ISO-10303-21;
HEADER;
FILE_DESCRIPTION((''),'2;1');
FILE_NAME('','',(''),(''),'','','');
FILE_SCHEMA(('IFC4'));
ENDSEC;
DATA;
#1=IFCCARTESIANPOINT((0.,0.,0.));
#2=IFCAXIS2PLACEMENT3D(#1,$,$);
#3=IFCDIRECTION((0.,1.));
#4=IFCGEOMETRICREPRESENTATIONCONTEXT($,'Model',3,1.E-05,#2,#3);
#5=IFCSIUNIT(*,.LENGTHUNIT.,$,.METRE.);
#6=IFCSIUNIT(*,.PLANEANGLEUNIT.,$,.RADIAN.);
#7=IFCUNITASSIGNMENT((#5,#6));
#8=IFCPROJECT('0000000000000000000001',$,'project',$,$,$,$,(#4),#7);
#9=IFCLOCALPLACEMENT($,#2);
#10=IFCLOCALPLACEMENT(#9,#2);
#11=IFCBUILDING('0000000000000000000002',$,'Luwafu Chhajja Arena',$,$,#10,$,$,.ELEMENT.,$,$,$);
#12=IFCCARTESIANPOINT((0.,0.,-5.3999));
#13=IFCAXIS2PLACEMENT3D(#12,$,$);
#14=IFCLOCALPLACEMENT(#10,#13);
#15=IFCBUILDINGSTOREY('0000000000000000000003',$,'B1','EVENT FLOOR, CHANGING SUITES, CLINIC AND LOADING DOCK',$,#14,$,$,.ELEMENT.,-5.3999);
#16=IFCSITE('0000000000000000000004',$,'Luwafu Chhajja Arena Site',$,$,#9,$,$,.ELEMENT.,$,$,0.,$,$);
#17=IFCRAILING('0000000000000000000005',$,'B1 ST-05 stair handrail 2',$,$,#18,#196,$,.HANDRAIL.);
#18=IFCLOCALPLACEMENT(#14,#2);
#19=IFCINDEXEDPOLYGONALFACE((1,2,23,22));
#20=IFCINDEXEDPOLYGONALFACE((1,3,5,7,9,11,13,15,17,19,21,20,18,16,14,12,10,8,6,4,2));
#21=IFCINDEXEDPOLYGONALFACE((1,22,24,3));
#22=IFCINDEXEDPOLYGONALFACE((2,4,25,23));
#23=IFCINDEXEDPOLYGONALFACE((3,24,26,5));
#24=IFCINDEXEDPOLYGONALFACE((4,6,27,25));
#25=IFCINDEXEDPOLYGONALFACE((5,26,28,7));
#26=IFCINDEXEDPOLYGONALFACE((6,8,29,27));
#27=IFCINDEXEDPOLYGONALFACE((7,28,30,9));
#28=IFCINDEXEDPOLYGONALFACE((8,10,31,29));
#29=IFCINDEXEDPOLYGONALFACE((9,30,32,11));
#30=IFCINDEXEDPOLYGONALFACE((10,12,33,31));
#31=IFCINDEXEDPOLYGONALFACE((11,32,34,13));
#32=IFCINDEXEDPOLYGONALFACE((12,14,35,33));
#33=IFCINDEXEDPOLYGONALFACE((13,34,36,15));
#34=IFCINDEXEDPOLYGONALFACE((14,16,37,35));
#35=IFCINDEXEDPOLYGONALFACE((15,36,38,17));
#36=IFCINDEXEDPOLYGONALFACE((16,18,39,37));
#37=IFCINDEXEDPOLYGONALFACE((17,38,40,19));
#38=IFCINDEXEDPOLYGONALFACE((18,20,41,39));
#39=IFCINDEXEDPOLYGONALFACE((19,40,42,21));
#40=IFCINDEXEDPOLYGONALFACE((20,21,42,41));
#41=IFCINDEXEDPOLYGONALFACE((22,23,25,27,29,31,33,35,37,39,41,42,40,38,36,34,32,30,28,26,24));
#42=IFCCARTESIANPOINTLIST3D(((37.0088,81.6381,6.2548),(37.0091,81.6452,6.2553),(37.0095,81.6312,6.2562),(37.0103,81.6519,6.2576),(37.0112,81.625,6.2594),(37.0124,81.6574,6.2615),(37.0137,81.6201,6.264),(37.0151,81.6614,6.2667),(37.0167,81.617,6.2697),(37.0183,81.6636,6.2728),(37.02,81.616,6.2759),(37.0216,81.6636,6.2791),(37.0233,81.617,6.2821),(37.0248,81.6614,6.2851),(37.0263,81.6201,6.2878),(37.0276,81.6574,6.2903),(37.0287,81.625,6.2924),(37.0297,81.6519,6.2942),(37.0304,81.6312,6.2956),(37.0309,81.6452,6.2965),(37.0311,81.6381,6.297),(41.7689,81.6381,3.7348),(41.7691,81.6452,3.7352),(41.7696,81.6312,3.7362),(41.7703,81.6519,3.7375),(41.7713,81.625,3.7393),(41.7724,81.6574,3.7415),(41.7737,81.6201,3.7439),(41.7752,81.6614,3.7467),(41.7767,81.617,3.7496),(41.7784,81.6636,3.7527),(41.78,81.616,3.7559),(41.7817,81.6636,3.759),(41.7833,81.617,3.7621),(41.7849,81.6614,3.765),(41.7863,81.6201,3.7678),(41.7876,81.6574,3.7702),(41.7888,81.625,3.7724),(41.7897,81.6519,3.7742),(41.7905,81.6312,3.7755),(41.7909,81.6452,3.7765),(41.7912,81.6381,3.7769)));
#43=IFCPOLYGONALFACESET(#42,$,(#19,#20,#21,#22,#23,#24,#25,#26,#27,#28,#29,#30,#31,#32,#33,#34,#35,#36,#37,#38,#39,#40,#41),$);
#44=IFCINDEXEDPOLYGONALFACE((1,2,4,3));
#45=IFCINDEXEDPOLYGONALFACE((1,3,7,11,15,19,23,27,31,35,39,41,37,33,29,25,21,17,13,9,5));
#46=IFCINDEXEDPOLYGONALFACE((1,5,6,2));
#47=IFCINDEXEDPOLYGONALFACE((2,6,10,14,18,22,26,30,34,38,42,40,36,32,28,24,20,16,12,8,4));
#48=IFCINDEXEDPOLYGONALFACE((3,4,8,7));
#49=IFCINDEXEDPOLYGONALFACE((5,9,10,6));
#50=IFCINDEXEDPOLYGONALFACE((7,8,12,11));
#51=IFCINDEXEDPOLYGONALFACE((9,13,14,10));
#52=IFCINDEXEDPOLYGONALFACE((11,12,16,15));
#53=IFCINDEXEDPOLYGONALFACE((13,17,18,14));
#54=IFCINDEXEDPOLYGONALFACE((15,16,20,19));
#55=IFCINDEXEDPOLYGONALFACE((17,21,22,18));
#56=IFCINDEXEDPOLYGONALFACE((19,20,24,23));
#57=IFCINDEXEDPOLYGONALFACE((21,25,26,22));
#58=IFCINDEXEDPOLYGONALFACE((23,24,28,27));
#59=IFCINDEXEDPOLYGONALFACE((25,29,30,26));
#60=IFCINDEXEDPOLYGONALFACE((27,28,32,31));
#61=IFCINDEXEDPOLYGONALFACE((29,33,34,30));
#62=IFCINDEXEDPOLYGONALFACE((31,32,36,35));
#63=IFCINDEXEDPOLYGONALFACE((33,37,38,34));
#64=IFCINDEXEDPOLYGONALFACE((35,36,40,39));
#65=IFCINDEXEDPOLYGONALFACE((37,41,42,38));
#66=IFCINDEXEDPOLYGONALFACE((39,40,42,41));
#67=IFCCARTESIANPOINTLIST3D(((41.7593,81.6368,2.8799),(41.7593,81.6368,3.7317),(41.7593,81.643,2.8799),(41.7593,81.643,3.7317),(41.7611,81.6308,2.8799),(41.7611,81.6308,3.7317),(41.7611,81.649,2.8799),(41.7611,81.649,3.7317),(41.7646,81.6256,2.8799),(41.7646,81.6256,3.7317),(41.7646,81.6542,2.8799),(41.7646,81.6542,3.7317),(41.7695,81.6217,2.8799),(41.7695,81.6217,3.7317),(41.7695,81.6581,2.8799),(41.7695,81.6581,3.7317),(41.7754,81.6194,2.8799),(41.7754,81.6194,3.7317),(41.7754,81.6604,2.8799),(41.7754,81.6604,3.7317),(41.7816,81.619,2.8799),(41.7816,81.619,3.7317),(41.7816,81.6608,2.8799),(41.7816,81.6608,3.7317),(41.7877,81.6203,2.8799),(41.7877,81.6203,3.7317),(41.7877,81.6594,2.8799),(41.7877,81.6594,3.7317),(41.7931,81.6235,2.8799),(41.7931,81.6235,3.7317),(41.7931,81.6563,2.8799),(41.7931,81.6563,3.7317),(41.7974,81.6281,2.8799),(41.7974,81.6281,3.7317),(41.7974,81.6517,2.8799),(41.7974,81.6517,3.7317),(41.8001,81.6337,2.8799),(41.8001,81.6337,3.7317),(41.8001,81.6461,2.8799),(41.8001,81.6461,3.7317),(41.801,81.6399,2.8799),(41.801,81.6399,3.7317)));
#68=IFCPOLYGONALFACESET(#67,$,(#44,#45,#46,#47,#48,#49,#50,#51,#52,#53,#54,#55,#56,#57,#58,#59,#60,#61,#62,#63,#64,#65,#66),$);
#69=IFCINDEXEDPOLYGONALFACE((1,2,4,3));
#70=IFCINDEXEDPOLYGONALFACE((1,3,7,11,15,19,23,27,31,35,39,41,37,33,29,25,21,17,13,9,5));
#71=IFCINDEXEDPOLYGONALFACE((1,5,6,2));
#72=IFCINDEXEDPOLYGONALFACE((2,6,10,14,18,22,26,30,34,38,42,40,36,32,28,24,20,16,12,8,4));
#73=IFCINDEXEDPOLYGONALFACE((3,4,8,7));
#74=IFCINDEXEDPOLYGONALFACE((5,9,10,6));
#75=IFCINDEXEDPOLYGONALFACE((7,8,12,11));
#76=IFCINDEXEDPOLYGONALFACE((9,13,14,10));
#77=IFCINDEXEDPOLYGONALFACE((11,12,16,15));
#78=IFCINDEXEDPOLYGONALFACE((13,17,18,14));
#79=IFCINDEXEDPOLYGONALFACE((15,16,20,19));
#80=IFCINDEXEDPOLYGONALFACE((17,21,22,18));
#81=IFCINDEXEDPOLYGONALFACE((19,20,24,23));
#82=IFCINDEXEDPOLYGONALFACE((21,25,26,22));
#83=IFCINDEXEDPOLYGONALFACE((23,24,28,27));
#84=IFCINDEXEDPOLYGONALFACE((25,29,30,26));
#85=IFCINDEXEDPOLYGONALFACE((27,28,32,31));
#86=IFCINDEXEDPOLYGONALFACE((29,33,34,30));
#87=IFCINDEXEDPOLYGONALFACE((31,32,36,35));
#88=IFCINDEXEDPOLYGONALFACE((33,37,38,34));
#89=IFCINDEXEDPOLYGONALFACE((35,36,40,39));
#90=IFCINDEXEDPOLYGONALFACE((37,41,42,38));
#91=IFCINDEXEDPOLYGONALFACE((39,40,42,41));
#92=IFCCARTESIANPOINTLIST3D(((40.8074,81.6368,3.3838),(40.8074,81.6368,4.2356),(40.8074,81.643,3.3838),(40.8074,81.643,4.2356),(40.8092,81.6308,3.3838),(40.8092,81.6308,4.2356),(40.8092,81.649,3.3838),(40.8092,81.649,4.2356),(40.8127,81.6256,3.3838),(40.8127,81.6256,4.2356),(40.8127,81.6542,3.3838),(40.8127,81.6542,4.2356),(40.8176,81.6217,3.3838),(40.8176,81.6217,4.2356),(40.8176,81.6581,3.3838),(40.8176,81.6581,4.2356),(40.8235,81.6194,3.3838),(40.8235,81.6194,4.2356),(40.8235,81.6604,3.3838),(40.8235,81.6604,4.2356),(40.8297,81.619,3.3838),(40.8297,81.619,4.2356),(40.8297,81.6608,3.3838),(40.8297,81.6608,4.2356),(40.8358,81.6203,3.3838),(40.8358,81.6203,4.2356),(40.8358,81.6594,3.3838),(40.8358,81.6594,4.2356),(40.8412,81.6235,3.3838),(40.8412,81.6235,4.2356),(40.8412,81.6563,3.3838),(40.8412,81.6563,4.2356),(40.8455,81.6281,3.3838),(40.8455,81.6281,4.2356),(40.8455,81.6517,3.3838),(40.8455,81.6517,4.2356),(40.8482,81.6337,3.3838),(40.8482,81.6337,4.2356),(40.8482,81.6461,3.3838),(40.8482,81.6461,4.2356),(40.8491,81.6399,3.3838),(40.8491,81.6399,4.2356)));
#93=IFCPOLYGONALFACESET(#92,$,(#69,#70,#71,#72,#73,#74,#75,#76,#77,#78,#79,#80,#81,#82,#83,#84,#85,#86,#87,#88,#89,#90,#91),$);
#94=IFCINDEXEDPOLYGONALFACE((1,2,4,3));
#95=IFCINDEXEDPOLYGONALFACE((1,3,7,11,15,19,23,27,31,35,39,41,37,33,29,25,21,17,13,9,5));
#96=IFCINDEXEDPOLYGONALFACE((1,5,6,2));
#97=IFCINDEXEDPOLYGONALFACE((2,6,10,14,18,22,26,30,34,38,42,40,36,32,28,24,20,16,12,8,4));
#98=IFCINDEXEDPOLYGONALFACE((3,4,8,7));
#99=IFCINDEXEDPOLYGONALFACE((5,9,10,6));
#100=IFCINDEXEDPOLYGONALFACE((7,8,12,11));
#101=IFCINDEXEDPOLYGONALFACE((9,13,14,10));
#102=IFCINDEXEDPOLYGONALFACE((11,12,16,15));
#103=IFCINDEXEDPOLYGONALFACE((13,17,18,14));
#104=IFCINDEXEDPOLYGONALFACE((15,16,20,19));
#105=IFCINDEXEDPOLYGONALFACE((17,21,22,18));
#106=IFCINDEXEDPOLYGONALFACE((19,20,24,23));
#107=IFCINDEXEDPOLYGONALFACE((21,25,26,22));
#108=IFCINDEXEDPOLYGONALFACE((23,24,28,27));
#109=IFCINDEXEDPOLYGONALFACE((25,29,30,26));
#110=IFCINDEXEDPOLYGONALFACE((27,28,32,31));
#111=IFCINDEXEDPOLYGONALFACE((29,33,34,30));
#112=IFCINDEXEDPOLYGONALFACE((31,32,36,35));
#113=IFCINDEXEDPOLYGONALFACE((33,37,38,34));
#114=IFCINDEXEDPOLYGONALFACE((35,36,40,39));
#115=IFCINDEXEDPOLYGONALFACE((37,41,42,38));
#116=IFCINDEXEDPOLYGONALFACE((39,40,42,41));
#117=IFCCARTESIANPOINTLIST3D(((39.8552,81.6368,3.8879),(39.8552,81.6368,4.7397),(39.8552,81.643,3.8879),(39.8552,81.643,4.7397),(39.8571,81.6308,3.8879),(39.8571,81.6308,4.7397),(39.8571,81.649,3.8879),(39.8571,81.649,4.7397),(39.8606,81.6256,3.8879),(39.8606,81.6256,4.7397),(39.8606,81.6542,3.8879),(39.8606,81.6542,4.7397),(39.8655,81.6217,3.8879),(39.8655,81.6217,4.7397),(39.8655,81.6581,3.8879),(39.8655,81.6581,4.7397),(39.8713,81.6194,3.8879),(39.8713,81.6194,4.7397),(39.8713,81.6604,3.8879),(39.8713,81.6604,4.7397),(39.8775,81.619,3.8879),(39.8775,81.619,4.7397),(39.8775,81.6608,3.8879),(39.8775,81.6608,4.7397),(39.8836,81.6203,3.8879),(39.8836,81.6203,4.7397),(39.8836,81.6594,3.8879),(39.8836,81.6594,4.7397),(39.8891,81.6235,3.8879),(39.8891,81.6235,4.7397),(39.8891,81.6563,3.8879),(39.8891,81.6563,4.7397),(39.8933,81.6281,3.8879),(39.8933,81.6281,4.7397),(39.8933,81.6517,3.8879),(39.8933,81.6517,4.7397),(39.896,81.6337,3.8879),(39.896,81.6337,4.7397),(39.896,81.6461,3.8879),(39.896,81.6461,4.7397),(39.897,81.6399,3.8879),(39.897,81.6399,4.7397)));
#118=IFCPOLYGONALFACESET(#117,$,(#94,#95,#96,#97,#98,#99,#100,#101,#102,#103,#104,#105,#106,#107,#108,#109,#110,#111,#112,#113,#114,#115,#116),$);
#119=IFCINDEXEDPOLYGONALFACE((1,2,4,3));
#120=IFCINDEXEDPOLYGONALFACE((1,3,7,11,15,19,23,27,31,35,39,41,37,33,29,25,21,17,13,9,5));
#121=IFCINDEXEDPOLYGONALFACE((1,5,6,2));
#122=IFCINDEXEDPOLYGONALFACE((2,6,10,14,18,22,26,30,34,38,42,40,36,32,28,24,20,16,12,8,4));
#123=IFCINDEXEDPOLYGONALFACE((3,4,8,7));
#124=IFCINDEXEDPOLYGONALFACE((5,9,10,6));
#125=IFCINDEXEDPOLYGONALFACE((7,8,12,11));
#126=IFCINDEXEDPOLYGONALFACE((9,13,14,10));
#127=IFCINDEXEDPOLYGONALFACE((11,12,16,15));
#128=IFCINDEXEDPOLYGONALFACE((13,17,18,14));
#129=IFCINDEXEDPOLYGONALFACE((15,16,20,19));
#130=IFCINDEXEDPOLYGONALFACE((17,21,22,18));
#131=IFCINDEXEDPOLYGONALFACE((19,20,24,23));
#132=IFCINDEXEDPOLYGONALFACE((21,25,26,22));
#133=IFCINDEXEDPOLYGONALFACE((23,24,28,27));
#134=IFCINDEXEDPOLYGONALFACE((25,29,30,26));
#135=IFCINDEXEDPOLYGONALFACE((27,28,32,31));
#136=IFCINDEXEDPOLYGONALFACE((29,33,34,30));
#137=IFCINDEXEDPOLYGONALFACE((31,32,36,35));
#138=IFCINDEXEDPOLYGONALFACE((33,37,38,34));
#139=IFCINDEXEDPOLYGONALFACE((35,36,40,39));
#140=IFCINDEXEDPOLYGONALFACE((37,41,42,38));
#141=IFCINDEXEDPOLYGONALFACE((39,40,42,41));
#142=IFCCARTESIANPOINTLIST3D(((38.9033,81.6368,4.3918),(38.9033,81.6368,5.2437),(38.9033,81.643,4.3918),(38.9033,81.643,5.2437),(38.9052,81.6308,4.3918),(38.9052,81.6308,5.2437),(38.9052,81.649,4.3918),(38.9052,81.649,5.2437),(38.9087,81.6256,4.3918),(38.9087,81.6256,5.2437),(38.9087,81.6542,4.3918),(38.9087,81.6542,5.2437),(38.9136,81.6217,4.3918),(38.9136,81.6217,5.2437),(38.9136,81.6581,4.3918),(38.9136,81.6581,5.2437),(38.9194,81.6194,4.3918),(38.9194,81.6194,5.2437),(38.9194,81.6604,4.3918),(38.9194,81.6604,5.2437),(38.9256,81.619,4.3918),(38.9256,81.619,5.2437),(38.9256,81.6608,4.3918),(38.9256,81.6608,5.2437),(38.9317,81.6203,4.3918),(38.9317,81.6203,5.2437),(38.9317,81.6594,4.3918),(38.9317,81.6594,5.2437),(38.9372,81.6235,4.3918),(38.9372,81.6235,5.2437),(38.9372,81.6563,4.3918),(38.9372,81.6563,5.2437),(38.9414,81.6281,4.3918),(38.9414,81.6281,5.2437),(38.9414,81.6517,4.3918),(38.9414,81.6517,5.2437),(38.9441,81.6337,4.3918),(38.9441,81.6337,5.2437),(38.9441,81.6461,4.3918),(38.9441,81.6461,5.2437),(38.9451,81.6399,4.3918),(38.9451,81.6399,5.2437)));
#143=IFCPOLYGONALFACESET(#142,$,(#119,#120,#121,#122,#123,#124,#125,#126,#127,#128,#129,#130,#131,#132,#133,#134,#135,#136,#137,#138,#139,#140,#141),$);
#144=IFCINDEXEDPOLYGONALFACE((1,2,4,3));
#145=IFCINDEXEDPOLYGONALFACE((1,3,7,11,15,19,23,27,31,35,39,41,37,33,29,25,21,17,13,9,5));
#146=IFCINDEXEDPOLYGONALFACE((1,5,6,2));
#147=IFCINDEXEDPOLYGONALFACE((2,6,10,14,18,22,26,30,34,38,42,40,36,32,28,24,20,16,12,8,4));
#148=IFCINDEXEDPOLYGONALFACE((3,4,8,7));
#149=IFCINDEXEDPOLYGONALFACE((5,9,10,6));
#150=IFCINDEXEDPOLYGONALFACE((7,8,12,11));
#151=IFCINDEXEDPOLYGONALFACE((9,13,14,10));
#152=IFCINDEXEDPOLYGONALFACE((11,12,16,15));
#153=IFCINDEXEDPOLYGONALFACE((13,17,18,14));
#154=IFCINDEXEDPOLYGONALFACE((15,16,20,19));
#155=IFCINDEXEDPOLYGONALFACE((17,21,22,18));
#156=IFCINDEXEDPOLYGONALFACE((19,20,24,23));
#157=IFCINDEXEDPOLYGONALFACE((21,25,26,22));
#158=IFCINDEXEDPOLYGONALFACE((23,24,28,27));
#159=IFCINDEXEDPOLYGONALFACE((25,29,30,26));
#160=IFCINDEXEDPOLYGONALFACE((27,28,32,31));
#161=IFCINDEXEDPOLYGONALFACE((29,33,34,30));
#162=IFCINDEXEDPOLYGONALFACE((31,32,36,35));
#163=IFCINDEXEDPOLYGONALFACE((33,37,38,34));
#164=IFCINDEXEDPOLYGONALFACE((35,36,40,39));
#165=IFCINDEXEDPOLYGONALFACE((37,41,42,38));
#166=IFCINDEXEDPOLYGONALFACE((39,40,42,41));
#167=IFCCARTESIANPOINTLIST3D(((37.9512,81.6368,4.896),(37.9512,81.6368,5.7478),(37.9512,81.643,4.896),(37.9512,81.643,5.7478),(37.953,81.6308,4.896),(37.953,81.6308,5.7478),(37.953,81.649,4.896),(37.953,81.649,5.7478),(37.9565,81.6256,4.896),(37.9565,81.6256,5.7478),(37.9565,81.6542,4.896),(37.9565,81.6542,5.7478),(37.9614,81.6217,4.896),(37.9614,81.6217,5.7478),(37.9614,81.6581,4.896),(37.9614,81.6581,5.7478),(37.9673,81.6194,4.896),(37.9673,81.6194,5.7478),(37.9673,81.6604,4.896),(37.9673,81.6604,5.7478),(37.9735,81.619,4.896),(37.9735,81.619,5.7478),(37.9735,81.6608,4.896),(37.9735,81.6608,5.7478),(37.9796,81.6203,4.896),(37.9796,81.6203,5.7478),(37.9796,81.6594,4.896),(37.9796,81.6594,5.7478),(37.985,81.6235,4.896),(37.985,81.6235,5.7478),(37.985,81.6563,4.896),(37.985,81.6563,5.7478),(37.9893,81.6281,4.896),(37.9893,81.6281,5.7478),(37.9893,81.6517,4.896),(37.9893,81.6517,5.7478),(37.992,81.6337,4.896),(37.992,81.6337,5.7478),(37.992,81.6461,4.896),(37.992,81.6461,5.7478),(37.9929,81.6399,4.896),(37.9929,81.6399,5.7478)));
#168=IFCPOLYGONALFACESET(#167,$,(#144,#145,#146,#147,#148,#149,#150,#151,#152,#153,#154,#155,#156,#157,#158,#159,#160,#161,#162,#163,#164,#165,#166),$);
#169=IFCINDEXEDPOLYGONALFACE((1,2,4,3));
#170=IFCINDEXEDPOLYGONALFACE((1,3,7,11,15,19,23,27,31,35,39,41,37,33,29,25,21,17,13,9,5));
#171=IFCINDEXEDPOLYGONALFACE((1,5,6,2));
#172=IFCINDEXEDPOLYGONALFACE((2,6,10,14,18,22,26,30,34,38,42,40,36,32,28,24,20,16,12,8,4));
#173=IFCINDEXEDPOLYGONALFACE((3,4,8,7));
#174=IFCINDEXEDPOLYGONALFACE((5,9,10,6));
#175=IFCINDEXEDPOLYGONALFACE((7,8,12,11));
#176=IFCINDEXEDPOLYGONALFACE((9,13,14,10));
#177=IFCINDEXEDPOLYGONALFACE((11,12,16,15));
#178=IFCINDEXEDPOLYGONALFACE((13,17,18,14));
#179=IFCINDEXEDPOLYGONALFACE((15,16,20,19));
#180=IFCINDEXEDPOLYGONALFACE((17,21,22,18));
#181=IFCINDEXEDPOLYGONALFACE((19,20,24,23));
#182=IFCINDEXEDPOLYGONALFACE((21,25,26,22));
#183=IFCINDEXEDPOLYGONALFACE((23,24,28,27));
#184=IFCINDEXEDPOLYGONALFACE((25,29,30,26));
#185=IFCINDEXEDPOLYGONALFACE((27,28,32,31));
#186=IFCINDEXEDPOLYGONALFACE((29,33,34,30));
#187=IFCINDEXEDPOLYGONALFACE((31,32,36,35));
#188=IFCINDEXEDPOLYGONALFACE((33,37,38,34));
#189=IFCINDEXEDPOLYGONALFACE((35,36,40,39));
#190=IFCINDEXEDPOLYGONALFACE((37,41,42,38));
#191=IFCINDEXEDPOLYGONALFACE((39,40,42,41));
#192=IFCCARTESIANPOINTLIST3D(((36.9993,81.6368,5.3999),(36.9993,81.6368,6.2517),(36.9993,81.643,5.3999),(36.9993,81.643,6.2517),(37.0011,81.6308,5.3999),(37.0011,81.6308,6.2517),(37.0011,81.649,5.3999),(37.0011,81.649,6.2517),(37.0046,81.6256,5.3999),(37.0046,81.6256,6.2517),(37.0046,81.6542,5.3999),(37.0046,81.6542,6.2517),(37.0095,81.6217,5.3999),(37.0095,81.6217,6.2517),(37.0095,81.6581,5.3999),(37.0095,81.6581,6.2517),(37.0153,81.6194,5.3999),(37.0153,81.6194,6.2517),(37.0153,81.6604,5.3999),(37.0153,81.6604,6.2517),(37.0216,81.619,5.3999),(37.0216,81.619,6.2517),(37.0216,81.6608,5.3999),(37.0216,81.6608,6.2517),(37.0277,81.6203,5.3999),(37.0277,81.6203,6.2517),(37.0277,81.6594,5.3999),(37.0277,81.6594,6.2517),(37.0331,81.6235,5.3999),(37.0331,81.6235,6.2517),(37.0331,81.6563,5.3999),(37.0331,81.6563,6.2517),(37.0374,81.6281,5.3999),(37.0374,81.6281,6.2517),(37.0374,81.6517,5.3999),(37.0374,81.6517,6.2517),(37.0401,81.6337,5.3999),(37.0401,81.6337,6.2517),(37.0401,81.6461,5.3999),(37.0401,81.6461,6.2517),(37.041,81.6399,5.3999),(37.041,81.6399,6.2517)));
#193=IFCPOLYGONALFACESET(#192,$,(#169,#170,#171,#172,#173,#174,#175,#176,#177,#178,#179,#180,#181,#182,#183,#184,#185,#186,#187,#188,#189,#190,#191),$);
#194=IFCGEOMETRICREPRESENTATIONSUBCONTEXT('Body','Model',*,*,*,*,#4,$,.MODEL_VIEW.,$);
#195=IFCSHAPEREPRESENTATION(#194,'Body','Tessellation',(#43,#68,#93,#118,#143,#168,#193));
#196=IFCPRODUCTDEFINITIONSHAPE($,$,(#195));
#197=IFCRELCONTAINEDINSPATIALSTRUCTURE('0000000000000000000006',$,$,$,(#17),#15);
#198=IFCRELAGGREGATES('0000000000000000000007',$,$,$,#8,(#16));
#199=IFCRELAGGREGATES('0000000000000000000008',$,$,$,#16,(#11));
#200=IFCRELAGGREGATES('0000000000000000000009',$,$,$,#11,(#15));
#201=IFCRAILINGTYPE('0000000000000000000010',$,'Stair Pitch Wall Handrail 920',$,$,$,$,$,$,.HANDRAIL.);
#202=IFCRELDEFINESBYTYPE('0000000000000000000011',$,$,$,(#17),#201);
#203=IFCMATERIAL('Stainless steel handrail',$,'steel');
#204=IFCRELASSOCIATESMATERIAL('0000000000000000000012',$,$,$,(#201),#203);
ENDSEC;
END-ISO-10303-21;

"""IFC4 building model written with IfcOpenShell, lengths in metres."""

from ifc_helpers import new_model, si_unit, direction, frame, origin, origin_2d, place, context, subcontext, project, spatial, circle, extrude, material, type_object, element, save


model = new_model("IFC4")

# Units and contexts
model_context = context("Model", 3, precision=1e-05, world=origin(), true_north=direction((0.0, 1.0)))
body_context = subcontext(model_context, "Body", "Model", "MODEL_VIEW")
ifc_project = project(units=[si_unit("LENGTHUNIT", "METRE"), si_unit("PLANEANGLEUNIT", "RADIAN")], contexts=[model_context])

# Site, building, storey
site_placement = place(None, origin())
site = spatial("IfcSite", under=ifc_project, at=site_placement, Name="Luwafu Chhajja Arena Site", CompositionType="ELEMENT", RefElevation=0.0)
building_placement = place(site_placement, origin())
building = spatial("IfcBuilding", under=site, at=building_placement, Name="Luwafu Chhajja Arena", CompositionType="ELEMENT")
storey_placement = place(building_placement, frame((0.0, 0.0, -5.3999)))
storey = spatial("IfcBuildingStorey", under=building, at=storey_placement, Name="B1", Description="EVENT FLOOR, CHANGING SUITES, CLINIC AND LOADING DOCK", CompositionType="ELEMENT", Elevation=-5.3999)

# Railing
ifc_material_1 = material(Name="Stainless steel handrail", Category="steel")
railing_type_1 = type_object("IfcRailingType", Name="Stair Pitch Wall Handrail 920", PredefinedType="HANDRAIL", material=ifc_material_1)
railing_1_placement = place(storey_placement, frame((41.78, 81.6399, 2.8799)))
element("IfcRailing", 1, at=railing_1_placement, inside=storey, type_object=railing_type_1, Name="B1 ST-05 stair handrail 2", PredefinedType="HANDRAIL", context=body_context, shape_type="SweptSolid", body=[
    extrude(circle(Radius=0.0239, at=origin_2d()), frame((0.0, 0.0, 0.876), z_axis=(-0.883787, 0.0, 0.46789), x_axis=(0.0, -1.0, 0.0)), (0.0, 0.0, 1.0), 5.386),
    extrude(circle(Radius=0.021, at=origin_2d()), origin(), (0.0, 0.0, 1.0), 0.8518),
    extrude(circle(Radius=0.021, at=origin_2d()), frame((-0.9519, 0.0, 0.5039)), (0.0, 0.0, 1.0), 0.8518),
    extrude(circle(Radius=0.021, at=origin_2d()), frame((-1.9041, 0.0, 1.0081)), (0.0, 0.0, 1.0), 0.8518),
    extrude(circle(Radius=0.021, at=origin_2d()), frame((-2.856, 0.0, 1.512)), (0.0, 0.0, 1.0), 0.8518),
    extrude(circle(Radius=0.021, at=origin_2d()), frame((-3.8081, 0.0, 2.0161)), (0.0, 0.0, 1.0), 0.8518),
    extrude(circle(Radius=0.021, at=origin_2d()), frame((-4.76, 0.0, 2.52)), (0.0, 0.0, 1.0), 0.8518),
])

save(model, "model.ifc")
